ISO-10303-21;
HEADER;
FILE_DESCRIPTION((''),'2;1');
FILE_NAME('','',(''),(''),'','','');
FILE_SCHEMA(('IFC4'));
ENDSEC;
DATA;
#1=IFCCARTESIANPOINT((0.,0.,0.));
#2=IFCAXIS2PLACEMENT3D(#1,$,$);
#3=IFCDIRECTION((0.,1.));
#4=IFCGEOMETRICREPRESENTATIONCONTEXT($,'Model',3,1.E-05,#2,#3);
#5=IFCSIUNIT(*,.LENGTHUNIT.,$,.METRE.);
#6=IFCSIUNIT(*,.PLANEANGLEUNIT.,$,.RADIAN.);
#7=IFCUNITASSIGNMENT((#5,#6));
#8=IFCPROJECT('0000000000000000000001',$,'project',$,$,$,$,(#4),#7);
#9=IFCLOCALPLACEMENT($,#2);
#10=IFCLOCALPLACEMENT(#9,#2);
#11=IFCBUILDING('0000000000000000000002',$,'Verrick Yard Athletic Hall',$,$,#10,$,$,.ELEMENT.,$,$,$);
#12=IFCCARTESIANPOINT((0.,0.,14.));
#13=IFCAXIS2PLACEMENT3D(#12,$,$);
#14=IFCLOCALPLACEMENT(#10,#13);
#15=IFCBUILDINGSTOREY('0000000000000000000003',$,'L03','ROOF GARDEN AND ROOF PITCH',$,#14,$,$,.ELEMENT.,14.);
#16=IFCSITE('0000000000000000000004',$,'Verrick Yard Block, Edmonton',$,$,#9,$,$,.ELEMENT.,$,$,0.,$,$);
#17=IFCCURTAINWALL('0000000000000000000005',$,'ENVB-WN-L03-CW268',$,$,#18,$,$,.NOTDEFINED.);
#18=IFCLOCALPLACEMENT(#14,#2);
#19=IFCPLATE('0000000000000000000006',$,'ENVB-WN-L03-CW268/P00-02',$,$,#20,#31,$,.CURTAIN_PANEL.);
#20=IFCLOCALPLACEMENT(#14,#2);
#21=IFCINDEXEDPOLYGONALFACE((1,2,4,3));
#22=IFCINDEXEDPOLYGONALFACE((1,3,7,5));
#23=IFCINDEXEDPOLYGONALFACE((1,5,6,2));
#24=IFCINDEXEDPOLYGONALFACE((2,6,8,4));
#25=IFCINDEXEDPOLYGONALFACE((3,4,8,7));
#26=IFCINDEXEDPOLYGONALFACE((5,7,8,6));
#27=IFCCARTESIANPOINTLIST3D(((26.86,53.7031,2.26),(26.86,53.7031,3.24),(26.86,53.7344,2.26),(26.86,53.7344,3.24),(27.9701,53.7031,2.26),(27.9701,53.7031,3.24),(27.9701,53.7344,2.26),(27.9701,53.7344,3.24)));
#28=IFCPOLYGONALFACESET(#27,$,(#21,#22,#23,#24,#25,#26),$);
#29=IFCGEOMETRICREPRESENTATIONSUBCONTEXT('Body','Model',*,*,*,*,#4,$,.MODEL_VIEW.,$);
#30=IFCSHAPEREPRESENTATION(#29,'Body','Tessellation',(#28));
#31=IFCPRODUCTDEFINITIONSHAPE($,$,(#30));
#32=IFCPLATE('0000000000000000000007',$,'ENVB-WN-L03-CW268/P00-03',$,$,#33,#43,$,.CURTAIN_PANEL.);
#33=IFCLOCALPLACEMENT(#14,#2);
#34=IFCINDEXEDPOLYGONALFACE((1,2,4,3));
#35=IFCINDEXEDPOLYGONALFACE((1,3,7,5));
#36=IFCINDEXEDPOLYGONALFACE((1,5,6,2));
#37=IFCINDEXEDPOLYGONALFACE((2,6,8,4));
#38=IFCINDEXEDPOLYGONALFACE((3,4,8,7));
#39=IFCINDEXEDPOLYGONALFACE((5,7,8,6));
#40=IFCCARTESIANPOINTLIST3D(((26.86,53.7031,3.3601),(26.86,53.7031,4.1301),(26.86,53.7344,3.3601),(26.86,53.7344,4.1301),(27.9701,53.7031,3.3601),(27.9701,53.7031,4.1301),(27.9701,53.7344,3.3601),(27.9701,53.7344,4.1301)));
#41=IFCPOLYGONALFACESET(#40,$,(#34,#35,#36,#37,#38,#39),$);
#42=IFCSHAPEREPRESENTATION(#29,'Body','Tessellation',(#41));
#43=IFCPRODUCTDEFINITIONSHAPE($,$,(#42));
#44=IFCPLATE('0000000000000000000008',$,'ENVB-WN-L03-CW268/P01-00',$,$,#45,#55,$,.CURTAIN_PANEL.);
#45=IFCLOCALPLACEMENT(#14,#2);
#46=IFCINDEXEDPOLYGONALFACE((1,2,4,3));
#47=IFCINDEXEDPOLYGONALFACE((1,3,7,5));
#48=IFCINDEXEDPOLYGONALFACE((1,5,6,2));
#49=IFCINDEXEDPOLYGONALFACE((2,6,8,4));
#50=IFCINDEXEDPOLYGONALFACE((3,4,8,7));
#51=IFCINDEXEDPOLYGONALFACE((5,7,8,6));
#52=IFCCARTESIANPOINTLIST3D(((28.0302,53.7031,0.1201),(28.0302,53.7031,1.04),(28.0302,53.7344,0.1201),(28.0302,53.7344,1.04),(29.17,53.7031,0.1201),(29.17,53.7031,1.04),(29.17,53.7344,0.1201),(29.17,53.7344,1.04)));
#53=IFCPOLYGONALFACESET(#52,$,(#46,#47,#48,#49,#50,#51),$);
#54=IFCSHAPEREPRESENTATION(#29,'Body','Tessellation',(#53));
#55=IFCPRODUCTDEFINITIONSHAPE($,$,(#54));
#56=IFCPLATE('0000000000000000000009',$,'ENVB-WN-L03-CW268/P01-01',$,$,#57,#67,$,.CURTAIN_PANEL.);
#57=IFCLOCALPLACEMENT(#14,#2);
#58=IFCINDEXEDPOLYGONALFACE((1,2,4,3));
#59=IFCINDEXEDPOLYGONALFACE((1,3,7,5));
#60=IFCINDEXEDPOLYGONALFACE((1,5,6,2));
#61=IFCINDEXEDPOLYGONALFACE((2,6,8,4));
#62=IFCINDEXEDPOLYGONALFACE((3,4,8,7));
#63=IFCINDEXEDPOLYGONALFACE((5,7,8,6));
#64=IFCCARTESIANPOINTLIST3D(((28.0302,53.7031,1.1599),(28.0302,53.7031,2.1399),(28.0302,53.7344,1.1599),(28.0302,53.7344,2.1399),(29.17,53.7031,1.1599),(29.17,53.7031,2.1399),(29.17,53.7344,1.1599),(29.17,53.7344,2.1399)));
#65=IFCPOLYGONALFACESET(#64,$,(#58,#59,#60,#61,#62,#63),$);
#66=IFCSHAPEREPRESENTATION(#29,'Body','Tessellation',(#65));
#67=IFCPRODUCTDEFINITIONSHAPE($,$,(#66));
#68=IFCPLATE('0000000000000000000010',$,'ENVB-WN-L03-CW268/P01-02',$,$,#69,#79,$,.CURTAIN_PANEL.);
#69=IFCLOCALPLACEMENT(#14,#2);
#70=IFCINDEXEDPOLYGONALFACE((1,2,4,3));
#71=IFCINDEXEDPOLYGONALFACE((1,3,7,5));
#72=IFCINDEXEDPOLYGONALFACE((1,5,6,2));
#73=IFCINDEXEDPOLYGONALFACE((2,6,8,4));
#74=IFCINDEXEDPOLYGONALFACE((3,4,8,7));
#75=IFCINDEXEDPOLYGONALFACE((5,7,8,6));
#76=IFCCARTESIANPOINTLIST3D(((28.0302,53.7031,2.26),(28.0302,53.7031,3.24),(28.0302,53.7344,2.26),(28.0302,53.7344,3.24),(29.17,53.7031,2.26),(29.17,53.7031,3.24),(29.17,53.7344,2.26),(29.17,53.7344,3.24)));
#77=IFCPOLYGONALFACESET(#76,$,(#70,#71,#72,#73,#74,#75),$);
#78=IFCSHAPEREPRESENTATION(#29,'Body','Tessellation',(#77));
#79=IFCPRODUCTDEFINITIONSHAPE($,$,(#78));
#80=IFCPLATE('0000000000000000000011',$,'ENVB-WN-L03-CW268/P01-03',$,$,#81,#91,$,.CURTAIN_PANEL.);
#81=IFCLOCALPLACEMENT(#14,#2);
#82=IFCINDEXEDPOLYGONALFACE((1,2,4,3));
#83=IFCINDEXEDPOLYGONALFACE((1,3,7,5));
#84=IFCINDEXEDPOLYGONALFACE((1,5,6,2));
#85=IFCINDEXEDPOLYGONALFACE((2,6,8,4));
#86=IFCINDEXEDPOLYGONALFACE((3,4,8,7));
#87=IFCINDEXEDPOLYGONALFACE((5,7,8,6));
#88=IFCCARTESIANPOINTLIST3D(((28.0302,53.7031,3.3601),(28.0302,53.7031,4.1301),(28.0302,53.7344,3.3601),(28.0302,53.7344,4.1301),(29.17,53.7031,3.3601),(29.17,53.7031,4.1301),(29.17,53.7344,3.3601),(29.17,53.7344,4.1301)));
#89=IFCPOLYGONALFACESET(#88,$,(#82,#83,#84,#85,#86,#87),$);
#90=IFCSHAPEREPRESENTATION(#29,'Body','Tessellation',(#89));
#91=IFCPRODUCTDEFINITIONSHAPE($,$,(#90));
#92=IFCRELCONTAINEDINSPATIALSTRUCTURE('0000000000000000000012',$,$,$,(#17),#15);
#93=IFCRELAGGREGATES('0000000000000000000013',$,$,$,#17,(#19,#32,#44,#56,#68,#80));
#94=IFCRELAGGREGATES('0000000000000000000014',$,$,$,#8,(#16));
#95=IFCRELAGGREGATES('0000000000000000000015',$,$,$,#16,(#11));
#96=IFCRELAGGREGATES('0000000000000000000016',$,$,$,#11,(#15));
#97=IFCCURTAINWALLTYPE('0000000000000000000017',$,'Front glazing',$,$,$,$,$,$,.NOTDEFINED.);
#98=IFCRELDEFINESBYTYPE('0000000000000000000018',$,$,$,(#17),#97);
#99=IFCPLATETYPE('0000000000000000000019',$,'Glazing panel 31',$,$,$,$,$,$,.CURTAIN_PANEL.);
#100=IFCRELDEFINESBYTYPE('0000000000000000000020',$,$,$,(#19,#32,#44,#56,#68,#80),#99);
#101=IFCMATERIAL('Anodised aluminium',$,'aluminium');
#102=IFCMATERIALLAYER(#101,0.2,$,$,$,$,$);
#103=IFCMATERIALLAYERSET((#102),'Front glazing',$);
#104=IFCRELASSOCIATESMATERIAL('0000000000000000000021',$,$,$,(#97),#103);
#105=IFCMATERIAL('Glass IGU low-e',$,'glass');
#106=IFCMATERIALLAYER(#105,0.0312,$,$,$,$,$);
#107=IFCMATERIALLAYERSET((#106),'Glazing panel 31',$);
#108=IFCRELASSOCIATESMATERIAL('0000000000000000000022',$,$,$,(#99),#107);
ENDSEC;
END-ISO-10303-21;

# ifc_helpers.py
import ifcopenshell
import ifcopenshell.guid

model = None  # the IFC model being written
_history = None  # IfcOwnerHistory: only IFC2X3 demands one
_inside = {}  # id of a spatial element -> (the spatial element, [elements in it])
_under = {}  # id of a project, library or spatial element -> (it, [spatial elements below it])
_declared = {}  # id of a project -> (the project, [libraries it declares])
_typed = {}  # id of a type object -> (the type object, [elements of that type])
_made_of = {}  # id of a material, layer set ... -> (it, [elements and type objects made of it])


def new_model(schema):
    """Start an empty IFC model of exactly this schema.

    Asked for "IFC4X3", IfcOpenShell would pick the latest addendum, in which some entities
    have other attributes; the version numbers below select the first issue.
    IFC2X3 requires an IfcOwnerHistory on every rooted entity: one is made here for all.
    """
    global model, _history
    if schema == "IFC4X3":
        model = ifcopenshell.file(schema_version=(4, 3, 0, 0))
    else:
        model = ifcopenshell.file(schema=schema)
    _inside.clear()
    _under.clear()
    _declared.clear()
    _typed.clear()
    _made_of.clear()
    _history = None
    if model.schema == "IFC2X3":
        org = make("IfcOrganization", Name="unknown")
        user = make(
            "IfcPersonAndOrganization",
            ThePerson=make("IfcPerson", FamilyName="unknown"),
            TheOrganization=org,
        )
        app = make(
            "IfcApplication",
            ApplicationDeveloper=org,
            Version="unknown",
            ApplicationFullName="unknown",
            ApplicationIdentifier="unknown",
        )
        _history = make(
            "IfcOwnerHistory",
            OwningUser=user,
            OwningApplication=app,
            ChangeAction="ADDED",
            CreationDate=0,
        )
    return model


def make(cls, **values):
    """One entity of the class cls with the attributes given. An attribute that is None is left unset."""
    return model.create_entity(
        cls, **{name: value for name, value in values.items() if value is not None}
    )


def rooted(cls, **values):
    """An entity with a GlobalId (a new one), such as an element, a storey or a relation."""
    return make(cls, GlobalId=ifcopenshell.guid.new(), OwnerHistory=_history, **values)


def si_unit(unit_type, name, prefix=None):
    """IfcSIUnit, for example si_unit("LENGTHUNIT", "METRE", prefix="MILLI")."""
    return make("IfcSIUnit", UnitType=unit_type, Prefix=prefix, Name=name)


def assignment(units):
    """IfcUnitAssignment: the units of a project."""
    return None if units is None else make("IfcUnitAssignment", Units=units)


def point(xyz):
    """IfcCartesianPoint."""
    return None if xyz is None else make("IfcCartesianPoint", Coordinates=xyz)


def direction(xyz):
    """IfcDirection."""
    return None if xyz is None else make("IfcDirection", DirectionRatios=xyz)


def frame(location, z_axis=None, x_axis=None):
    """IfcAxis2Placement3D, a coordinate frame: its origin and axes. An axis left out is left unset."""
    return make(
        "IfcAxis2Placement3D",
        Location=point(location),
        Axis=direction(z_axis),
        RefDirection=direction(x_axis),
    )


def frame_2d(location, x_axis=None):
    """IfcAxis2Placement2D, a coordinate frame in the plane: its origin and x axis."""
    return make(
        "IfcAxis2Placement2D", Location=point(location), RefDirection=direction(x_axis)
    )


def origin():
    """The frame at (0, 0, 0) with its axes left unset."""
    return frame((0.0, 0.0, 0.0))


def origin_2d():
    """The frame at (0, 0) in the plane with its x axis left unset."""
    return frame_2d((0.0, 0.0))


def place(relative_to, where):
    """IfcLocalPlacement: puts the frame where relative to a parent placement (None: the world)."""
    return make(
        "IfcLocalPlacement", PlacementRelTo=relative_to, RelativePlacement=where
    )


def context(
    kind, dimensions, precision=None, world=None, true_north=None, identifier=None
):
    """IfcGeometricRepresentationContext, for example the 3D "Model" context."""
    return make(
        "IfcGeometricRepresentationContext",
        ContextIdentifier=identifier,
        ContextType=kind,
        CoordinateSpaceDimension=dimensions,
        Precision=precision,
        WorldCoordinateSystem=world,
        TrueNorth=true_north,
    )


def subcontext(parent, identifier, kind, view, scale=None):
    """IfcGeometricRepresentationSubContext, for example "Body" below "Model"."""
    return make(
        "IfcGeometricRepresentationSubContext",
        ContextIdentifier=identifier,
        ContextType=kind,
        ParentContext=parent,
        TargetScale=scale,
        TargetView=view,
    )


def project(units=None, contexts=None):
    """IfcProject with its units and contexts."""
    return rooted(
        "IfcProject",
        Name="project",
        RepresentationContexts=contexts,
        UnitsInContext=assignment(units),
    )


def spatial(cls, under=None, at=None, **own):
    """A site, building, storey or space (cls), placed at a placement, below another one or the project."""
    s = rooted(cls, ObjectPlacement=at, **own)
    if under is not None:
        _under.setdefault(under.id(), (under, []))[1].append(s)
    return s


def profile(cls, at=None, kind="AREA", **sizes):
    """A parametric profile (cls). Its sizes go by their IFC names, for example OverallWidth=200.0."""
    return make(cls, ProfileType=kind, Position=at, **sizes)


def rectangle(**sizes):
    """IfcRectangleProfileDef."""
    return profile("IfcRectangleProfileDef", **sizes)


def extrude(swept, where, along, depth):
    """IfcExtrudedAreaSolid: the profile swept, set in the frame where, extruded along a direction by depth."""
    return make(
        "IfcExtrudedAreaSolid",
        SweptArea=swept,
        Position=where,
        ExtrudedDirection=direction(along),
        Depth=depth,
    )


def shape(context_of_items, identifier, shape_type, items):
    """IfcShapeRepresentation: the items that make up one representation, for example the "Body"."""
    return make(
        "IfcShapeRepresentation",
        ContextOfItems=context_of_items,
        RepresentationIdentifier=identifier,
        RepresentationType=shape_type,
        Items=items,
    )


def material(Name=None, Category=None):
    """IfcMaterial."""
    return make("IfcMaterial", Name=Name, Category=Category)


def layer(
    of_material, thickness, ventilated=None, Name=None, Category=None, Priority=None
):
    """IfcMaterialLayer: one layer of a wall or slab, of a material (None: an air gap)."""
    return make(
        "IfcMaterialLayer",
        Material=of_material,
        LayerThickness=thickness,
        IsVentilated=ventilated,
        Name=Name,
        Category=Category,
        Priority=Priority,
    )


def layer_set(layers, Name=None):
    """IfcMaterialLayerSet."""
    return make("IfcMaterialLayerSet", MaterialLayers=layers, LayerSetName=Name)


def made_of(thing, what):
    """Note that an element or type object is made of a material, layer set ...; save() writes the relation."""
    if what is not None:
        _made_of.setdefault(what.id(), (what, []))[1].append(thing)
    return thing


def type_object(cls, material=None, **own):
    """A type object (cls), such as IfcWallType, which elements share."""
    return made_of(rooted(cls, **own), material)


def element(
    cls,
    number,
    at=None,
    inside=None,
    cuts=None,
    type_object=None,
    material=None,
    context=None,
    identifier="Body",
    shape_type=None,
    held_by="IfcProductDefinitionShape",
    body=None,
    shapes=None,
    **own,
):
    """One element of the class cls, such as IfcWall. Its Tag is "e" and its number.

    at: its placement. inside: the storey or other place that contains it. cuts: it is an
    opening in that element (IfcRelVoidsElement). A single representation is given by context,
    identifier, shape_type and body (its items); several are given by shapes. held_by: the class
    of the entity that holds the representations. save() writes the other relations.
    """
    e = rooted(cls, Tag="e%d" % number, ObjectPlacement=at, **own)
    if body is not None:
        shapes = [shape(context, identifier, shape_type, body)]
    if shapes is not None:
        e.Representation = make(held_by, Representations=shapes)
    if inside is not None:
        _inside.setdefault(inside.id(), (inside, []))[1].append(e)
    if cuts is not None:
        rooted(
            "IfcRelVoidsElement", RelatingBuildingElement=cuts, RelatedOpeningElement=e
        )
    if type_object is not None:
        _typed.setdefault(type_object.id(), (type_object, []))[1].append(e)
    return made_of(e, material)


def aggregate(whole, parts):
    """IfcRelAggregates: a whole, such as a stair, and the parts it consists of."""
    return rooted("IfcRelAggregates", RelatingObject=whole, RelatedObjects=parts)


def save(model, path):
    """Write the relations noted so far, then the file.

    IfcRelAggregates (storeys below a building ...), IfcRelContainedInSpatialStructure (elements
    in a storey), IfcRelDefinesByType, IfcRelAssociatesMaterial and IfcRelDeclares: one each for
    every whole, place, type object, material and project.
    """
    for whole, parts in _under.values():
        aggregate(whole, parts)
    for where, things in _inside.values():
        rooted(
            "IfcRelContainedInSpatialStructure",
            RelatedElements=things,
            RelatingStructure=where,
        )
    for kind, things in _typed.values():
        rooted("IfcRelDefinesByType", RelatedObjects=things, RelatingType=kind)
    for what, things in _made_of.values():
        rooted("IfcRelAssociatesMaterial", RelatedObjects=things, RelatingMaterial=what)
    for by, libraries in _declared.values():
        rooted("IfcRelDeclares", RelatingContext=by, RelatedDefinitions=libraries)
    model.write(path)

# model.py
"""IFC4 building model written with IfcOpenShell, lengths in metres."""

from ifc_helpers import new_model, si_unit, direction, frame, origin, origin_2d, place, context, subcontext, project, spatial, rectangle, extrude, material, layer, layer_set, type_object, element, aggregate, save


model = new_model("IFC4")

# Units and contexts
model_context = context("Model", 3, precision=1e-05, world=origin(), true_north=direction((0.0, 1.0)))
body_context = subcontext(model_context, "Body", "Model", "MODEL_VIEW")
ifc_project = project(units=[si_unit("LENGTHUNIT", "METRE"), si_unit("PLANEANGLEUNIT", "RADIAN")], contexts=[model_context])

# Site, building, storey
site_placement = place(None, origin())
site = spatial("IfcSite", under=ifc_project, at=site_placement, Name="Verrick Yard Block, Edmonton", CompositionType="ELEMENT", RefElevation=0.0)
building_placement = place(site_placement, origin())
building = spatial("IfcBuilding", under=site, at=building_placement, Name="Verrick Yard Athletic Hall", CompositionType="ELEMENT")
storey_placement = place(building_placement, frame((0.0, 0.0, 14.0)))
storey = spatial("IfcBuildingStorey", under=building, at=storey_placement, Name="L03", Description="ROOF GARDEN AND ROOF PITCH", CompositionType="ELEMENT", Elevation=14.0)

# Curtain wall, plates
ifc_material_1 = material(Name="Anodised aluminium", Category="aluminium")
ifc_layer_1 = layer(ifc_material_1, 0.2)
ifc_layer_set_1 = layer_set([ifc_layer_1], Name="Front glazing")
curtain_wall_type = type_object("IfcCurtainWallType", Name="Front glazing", PredefinedType="NOTDEFINED", material=ifc_layer_set_1)
curtain_wall_placement = place(storey_placement, origin())
curtain_wall = element("IfcCurtainWall", 1, at=curtain_wall_placement, inside=storey, type_object=curtain_wall_type, Name="ENVB-WN-L03-CW268", PredefinedType="NOTDEFINED")
ifc_material_2 = material(Name="Glass IGU low-e", Category="glass")
ifc_layer_2 = layer(ifc_material_2, 0.0312)
ifc_layer_set_2 = layer_set([ifc_layer_2], Name="Glazing panel 31")
plate_type = type_object("IfcPlateType", Name="Glazing panel 31", PredefinedType="CURTAIN_PANEL", material=ifc_layer_set_2)
plate_1_placement = place(storey_placement, frame((27.415, 53.7188, 2.26), z_axis=(0.0, 0.0, 1.0), x_axis=(1.0, 0.0, 0.0)))
plate_1 = element("IfcPlate", 2, at=plate_1_placement, type_object=plate_type, Name="ENVB-WN-L03-CW268/P00-02", PredefinedType="CURTAIN_PANEL", context=body_context, shape_type="SweptSolid", body=[
    extrude(rectangle(XDim=1.1101, YDim=0.0312, at=origin_2d()), origin(), (0.0, 0.0, 1.0), 0.98),
])
plate_2_placement = place(storey_placement, frame((27.415, 53.7188, 3.3601), z_axis=(0.0, 0.0, 1.0), x_axis=(1.0, 0.0, 0.0)))
plate_2 = element("IfcPlate", 3, at=plate_2_placement, type_object=plate_type, Name="ENVB-WN-L03-CW268/P00-03", PredefinedType="CURTAIN_PANEL", context=body_context, shape_type="SweptSolid", body=[
    extrude(rectangle(XDim=1.1101, YDim=0.0312, at=origin_2d()), origin(), (0.0, 0.0, 1.0), 0.77),
])
plate_3_placement = place(storey_placement, frame((28.6001, 53.7188, 0.1201), z_axis=(0.0, 0.0, 1.0), x_axis=(1.0, 0.0, 0.0)))
plate_3 = element("IfcPlate", 4, at=plate_3_placement, type_object=plate_type, Name="ENVB-WN-L03-CW268/P01-00", PredefinedType="CURTAIN_PANEL", context=body_context, shape_type="SweptSolid", body=[
    extrude(rectangle(XDim=1.1399, YDim=0.0312, at=origin_2d()), origin(), (0.0, 0.0, 1.0), 0.9199),
])
plate_4_placement = place(storey_placement, frame((28.6001, 53.7188, 1.1599), z_axis=(0.0, 0.0, 1.0), x_axis=(1.0, 0.0, 0.0)))
plate_4 = element("IfcPlate", 5, at=plate_4_placement, type_object=plate_type, Name="ENVB-WN-L03-CW268/P01-01", PredefinedType="CURTAIN_PANEL", context=body_context, shape_type="SweptSolid", body=[
    extrude(rectangle(XDim=1.1399, YDim=0.0312, at=origin_2d()), origin(), (0.0, 0.0, 1.0), 0.98),
])
plate_5_placement = place(storey_placement, frame((28.6001, 53.7188, 2.26), z_axis=(0.0, 0.0, 1.0), x_axis=(1.0, 0.0, 0.0)))
plate_5 = element("IfcPlate", 6, at=plate_5_placement, type_object=plate_type, Name="ENVB-WN-L03-CW268/P01-02", PredefinedType="CURTAIN_PANEL", context=body_context, shape_type="SweptSolid", body=[
    extrude(rectangle(XDim=1.1399, YDim=0.0312, at=origin_2d()), origin(), (0.0, 0.0, 1.0), 0.98),
])
plate_6_placement = place(storey_placement, frame((28.6001, 53.7188, 3.3601), z_axis=(0.0, 0.0, 1.0), x_axis=(1.0, 0.0, 0.0)))
plate_6 = element("IfcPlate", 7, at=plate_6_placement, type_object=plate_type, Name="ENVB-WN-L03-CW268/P01-03", PredefinedType="CURTAIN_PANEL", context=body_context, shape_type="SweptSolid", body=[
    extrude(rectangle(XDim=1.1399, YDim=0.0312, at=origin_2d()), origin(), (0.0, 0.0, 1.0), 0.77),
])
aggregate(curtain_wall, [plate_1, plate_2, plate_3, plate_4, plate_5, plate_6])

save(model, "model.ifc")
